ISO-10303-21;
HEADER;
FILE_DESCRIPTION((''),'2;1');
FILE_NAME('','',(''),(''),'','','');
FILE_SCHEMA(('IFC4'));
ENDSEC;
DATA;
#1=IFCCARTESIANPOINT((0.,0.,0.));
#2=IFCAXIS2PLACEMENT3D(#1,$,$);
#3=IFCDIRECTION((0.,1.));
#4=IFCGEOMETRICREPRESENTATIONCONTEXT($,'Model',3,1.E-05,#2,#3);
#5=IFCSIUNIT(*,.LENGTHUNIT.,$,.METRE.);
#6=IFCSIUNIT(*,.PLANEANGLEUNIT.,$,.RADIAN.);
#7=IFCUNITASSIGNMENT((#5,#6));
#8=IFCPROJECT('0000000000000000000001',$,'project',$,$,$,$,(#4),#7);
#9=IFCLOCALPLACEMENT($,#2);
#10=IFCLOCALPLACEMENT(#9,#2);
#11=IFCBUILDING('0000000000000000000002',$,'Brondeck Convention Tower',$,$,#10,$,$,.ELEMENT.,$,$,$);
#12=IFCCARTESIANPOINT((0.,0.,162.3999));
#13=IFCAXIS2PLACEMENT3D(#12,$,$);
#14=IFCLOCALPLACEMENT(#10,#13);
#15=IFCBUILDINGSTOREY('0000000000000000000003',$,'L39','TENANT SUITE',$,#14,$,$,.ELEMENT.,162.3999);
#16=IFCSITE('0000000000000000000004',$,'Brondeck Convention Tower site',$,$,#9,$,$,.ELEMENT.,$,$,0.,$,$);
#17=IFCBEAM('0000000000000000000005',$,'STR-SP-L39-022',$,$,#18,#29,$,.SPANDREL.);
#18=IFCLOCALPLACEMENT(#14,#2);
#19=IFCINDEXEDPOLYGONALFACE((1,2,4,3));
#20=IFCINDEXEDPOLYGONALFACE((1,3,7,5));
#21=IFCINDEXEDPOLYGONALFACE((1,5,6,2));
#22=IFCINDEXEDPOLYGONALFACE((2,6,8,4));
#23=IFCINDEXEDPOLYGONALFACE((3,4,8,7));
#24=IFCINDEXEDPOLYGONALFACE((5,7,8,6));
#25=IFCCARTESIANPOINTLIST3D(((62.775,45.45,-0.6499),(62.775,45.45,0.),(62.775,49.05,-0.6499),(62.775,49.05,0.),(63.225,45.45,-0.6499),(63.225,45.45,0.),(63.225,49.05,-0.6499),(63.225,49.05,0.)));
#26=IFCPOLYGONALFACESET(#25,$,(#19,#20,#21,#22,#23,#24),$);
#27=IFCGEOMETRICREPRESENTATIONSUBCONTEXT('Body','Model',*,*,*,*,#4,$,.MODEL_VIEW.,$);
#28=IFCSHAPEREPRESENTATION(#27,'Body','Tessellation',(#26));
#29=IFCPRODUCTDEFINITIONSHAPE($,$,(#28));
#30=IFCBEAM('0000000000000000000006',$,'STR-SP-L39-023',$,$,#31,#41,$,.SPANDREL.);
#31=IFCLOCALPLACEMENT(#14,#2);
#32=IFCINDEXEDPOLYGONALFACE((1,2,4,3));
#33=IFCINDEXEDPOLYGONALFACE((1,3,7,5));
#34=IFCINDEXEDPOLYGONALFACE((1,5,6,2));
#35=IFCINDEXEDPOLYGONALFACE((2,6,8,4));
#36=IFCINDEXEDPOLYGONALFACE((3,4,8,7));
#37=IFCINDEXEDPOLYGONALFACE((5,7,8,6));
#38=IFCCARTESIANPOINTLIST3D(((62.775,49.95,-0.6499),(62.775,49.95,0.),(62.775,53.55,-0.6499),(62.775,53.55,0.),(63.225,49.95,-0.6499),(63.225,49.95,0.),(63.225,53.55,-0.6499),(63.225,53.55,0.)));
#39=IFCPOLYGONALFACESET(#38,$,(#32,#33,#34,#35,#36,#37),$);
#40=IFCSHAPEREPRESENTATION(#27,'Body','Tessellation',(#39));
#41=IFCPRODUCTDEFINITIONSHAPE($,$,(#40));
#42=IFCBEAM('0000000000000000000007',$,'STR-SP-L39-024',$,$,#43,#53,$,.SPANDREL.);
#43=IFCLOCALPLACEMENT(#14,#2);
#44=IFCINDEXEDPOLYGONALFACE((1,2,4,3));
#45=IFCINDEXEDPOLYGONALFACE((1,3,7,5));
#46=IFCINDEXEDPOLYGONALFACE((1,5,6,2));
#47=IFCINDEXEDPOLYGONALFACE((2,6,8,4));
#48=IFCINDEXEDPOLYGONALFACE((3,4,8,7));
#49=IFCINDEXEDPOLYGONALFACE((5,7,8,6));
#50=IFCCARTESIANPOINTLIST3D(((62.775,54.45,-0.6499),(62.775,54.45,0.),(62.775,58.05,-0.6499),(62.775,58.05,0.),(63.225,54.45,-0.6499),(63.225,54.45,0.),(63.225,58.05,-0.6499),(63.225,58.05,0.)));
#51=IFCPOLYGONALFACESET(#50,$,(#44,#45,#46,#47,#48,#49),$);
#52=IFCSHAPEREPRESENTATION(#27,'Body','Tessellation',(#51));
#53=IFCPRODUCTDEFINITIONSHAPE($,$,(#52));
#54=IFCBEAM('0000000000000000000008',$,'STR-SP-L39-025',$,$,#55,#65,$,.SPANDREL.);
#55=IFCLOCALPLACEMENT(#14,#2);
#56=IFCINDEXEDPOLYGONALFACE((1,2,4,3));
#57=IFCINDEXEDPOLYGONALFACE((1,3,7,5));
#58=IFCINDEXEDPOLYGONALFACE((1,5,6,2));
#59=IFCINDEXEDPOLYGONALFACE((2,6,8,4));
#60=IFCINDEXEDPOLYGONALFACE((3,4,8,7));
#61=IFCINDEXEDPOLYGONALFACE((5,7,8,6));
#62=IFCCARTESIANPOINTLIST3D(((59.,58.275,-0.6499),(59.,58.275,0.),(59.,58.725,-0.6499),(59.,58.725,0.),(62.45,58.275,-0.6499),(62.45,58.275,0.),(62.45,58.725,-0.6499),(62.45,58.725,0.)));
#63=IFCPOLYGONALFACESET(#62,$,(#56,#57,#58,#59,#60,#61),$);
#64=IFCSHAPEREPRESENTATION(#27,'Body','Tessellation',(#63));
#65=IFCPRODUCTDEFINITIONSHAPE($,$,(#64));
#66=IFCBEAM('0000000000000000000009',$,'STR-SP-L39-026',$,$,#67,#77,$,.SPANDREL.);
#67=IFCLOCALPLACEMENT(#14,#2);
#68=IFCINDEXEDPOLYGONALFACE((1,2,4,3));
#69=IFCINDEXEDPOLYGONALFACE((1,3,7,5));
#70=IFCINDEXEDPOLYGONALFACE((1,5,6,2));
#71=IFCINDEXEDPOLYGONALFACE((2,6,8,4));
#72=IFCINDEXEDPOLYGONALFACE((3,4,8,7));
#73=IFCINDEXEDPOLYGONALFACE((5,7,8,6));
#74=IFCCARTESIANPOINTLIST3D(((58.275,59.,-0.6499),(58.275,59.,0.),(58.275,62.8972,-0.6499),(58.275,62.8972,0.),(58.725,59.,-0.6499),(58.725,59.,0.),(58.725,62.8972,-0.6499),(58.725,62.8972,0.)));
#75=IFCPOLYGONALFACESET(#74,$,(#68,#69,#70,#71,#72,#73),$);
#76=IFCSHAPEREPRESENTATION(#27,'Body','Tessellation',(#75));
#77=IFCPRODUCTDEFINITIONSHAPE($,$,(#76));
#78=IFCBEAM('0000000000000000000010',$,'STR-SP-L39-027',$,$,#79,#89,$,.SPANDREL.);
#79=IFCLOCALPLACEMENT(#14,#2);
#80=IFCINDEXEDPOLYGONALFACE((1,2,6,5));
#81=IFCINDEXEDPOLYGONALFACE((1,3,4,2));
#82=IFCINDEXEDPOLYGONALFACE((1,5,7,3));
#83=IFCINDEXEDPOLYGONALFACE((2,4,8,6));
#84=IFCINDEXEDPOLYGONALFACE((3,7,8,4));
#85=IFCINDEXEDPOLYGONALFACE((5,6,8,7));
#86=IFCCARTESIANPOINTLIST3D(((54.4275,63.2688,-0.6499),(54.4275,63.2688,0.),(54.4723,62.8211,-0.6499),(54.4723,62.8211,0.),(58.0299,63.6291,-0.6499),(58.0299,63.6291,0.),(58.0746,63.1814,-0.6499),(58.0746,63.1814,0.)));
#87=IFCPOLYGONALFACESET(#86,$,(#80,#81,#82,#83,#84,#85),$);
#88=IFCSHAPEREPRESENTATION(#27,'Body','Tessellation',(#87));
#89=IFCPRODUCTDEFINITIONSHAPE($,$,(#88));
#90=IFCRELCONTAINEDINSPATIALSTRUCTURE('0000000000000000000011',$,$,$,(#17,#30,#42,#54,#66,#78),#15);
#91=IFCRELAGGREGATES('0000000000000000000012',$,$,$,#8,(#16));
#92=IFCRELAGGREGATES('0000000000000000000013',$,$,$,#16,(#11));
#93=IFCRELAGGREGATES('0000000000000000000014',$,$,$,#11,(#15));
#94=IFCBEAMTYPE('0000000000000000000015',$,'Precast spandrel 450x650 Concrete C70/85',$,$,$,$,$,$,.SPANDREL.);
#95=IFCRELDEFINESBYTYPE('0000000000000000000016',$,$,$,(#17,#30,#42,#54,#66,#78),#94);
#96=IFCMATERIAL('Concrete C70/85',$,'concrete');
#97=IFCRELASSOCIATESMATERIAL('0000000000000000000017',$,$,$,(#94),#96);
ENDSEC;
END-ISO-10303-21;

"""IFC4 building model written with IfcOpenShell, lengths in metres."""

from ifc_helpers import new_model, si_unit, direction, frame, origin, origin_2d, place, context, subcontext, project, spatial, rectangle, extrude, material, material_profile, profile_set, type_object, element, save


model = new_model("IFC4")

# Units and contexts
model_context = context("Model", 3, precision=1e-05, world=origin(), true_north=direction((0.0, 1.0)))
body_context = subcontext(model_context, "Body", "Model", "MODEL_VIEW")
ifc_project = project(units=[si_unit("LENGTHUNIT", "METRE"), si_unit("PLANEANGLEUNIT", "RADIAN")], contexts=[model_context])

# Site, building, storey
site_placement = place(None, origin())
site = spatial("IfcSite", under=ifc_project, at=site_placement, Name="Brondeck Convention Tower site", CompositionType="ELEMENT", RefElevation=0.0)
building_placement = place(site_placement, origin())
building = spatial("IfcBuilding", under=site, at=building_placement, Name="Brondeck Convention Tower", CompositionType="ELEMENT")
storey_placement = place(building_placement, frame((0.0, 0.0, 162.3999)))
storey = spatial("IfcBuildingStorey", under=building, at=storey_placement, Name="L39", Description="TENANT SUITE", CompositionType="ELEMENT", Elevation=162.3999)

# Shared definitions
ifc_material_1 = material(Name="Concrete C70/85", Category="concrete")

# Beams
ifc_material_profile_1 = material_profile(ifc_material_1, rectangle(XDim=0.45, YDim=0.6499, at=origin_2d()), Name="Precast spandrel 450x650 Concrete C70/85")
ifc_profile_set_1 = profile_set([ifc_material_profile_1], Name="Concrete C70/85")
beam_type_1 = type_object("IfcBeamType", Name="Precast spandrel 450x650 Concrete C70/85", PredefinedType="SPANDREL", material=ifc_profile_set_1)
for number, where, z_axis, x_axis, name in (
    (1, (63.0, 45.45, -0.325), (0.0, 1.0, 0.0), (-1.0, 0.0, 0.0), "STR-SP-L39-022"),
    (2, (63.0, 49.95, -0.325), (0.0, 1.0, 0.0), (-1.0, 0.0, 0.0), "STR-SP-L39-023"),
    (3, (63.0, 54.45, -0.325), (0.0, 1.0, 0.0), (-1.0, 0.0, 0.0), "STR-SP-L39-024"),
):
    element("IfcBeam", number, at=place(storey_placement, frame(where, z_axis=z_axis, x_axis=x_axis)), inside=storey, type_object=beam_type_1, Name=name, PredefinedType="SPANDREL", context=body_context, shape_type="SweptSolid", body=[
        extrude(rectangle(XDim=0.45, YDim=0.6499, at=origin_2d()), origin(), (0.0, 0.0, 1.0), 3.6001),
    ])
beam_1_placement = place(storey_placement, frame((62.45, 58.5, -0.325), z_axis=(-1.0, 0.0, 0.0), x_axis=(0.0, -1.0, 0.0)))
element("IfcBeam", 4, at=beam_1_placement, inside=storey, type_object=beam_type_1, Name="STR-SP-L39-025", PredefinedType="SPANDREL", context=body_context, shape_type="SweptSolid", body=[
    extrude(rectangle(XDim=0.45, YDim=0.6499, at=origin_2d()), origin(), (0.0, 0.0, 1.0), 3.45),
])
beam_2_placement = place(storey_placement, frame((58.5, 59.0, -0.325), z_axis=(0.0, 1.0, 0.0), x_axis=(-1.0, 0.0, 0.0)))
element("IfcBeam", 5, at=beam_2_placement, inside=storey, type_object=beam_type_1, Name="STR-SP-L39-026", PredefinedType="SPANDREL", context=body_context, shape_type="SweptSolid", body=[
    extrude(rectangle(XDim=0.45, YDim=0.6499, at=origin_2d()), origin(), (0.0, 0.0, 1.0), 3.8972),
])
beam_3_placement = place(storey_placement, frame((58.0522, 63.4053, -0.325), z_axis=(-0.995034, -0.099537, 0.0), x_axis=(0.099537, -0.995034, 0.0)))
element("IfcBeam", 6, at=beam_3_placement, inside=storey, type_object=beam_type_1, Name="STR-SP-L39-027", PredefinedType="SPANDREL", context=body_context, shape_type="SweptSolid", body=[
    extrude(rectangle(XDim=0.45, YDim=0.6499, at=origin_2d()), origin(), (0.0, 0.0, 1.0), 3.6204),
])

save(model, "model.ifc")
